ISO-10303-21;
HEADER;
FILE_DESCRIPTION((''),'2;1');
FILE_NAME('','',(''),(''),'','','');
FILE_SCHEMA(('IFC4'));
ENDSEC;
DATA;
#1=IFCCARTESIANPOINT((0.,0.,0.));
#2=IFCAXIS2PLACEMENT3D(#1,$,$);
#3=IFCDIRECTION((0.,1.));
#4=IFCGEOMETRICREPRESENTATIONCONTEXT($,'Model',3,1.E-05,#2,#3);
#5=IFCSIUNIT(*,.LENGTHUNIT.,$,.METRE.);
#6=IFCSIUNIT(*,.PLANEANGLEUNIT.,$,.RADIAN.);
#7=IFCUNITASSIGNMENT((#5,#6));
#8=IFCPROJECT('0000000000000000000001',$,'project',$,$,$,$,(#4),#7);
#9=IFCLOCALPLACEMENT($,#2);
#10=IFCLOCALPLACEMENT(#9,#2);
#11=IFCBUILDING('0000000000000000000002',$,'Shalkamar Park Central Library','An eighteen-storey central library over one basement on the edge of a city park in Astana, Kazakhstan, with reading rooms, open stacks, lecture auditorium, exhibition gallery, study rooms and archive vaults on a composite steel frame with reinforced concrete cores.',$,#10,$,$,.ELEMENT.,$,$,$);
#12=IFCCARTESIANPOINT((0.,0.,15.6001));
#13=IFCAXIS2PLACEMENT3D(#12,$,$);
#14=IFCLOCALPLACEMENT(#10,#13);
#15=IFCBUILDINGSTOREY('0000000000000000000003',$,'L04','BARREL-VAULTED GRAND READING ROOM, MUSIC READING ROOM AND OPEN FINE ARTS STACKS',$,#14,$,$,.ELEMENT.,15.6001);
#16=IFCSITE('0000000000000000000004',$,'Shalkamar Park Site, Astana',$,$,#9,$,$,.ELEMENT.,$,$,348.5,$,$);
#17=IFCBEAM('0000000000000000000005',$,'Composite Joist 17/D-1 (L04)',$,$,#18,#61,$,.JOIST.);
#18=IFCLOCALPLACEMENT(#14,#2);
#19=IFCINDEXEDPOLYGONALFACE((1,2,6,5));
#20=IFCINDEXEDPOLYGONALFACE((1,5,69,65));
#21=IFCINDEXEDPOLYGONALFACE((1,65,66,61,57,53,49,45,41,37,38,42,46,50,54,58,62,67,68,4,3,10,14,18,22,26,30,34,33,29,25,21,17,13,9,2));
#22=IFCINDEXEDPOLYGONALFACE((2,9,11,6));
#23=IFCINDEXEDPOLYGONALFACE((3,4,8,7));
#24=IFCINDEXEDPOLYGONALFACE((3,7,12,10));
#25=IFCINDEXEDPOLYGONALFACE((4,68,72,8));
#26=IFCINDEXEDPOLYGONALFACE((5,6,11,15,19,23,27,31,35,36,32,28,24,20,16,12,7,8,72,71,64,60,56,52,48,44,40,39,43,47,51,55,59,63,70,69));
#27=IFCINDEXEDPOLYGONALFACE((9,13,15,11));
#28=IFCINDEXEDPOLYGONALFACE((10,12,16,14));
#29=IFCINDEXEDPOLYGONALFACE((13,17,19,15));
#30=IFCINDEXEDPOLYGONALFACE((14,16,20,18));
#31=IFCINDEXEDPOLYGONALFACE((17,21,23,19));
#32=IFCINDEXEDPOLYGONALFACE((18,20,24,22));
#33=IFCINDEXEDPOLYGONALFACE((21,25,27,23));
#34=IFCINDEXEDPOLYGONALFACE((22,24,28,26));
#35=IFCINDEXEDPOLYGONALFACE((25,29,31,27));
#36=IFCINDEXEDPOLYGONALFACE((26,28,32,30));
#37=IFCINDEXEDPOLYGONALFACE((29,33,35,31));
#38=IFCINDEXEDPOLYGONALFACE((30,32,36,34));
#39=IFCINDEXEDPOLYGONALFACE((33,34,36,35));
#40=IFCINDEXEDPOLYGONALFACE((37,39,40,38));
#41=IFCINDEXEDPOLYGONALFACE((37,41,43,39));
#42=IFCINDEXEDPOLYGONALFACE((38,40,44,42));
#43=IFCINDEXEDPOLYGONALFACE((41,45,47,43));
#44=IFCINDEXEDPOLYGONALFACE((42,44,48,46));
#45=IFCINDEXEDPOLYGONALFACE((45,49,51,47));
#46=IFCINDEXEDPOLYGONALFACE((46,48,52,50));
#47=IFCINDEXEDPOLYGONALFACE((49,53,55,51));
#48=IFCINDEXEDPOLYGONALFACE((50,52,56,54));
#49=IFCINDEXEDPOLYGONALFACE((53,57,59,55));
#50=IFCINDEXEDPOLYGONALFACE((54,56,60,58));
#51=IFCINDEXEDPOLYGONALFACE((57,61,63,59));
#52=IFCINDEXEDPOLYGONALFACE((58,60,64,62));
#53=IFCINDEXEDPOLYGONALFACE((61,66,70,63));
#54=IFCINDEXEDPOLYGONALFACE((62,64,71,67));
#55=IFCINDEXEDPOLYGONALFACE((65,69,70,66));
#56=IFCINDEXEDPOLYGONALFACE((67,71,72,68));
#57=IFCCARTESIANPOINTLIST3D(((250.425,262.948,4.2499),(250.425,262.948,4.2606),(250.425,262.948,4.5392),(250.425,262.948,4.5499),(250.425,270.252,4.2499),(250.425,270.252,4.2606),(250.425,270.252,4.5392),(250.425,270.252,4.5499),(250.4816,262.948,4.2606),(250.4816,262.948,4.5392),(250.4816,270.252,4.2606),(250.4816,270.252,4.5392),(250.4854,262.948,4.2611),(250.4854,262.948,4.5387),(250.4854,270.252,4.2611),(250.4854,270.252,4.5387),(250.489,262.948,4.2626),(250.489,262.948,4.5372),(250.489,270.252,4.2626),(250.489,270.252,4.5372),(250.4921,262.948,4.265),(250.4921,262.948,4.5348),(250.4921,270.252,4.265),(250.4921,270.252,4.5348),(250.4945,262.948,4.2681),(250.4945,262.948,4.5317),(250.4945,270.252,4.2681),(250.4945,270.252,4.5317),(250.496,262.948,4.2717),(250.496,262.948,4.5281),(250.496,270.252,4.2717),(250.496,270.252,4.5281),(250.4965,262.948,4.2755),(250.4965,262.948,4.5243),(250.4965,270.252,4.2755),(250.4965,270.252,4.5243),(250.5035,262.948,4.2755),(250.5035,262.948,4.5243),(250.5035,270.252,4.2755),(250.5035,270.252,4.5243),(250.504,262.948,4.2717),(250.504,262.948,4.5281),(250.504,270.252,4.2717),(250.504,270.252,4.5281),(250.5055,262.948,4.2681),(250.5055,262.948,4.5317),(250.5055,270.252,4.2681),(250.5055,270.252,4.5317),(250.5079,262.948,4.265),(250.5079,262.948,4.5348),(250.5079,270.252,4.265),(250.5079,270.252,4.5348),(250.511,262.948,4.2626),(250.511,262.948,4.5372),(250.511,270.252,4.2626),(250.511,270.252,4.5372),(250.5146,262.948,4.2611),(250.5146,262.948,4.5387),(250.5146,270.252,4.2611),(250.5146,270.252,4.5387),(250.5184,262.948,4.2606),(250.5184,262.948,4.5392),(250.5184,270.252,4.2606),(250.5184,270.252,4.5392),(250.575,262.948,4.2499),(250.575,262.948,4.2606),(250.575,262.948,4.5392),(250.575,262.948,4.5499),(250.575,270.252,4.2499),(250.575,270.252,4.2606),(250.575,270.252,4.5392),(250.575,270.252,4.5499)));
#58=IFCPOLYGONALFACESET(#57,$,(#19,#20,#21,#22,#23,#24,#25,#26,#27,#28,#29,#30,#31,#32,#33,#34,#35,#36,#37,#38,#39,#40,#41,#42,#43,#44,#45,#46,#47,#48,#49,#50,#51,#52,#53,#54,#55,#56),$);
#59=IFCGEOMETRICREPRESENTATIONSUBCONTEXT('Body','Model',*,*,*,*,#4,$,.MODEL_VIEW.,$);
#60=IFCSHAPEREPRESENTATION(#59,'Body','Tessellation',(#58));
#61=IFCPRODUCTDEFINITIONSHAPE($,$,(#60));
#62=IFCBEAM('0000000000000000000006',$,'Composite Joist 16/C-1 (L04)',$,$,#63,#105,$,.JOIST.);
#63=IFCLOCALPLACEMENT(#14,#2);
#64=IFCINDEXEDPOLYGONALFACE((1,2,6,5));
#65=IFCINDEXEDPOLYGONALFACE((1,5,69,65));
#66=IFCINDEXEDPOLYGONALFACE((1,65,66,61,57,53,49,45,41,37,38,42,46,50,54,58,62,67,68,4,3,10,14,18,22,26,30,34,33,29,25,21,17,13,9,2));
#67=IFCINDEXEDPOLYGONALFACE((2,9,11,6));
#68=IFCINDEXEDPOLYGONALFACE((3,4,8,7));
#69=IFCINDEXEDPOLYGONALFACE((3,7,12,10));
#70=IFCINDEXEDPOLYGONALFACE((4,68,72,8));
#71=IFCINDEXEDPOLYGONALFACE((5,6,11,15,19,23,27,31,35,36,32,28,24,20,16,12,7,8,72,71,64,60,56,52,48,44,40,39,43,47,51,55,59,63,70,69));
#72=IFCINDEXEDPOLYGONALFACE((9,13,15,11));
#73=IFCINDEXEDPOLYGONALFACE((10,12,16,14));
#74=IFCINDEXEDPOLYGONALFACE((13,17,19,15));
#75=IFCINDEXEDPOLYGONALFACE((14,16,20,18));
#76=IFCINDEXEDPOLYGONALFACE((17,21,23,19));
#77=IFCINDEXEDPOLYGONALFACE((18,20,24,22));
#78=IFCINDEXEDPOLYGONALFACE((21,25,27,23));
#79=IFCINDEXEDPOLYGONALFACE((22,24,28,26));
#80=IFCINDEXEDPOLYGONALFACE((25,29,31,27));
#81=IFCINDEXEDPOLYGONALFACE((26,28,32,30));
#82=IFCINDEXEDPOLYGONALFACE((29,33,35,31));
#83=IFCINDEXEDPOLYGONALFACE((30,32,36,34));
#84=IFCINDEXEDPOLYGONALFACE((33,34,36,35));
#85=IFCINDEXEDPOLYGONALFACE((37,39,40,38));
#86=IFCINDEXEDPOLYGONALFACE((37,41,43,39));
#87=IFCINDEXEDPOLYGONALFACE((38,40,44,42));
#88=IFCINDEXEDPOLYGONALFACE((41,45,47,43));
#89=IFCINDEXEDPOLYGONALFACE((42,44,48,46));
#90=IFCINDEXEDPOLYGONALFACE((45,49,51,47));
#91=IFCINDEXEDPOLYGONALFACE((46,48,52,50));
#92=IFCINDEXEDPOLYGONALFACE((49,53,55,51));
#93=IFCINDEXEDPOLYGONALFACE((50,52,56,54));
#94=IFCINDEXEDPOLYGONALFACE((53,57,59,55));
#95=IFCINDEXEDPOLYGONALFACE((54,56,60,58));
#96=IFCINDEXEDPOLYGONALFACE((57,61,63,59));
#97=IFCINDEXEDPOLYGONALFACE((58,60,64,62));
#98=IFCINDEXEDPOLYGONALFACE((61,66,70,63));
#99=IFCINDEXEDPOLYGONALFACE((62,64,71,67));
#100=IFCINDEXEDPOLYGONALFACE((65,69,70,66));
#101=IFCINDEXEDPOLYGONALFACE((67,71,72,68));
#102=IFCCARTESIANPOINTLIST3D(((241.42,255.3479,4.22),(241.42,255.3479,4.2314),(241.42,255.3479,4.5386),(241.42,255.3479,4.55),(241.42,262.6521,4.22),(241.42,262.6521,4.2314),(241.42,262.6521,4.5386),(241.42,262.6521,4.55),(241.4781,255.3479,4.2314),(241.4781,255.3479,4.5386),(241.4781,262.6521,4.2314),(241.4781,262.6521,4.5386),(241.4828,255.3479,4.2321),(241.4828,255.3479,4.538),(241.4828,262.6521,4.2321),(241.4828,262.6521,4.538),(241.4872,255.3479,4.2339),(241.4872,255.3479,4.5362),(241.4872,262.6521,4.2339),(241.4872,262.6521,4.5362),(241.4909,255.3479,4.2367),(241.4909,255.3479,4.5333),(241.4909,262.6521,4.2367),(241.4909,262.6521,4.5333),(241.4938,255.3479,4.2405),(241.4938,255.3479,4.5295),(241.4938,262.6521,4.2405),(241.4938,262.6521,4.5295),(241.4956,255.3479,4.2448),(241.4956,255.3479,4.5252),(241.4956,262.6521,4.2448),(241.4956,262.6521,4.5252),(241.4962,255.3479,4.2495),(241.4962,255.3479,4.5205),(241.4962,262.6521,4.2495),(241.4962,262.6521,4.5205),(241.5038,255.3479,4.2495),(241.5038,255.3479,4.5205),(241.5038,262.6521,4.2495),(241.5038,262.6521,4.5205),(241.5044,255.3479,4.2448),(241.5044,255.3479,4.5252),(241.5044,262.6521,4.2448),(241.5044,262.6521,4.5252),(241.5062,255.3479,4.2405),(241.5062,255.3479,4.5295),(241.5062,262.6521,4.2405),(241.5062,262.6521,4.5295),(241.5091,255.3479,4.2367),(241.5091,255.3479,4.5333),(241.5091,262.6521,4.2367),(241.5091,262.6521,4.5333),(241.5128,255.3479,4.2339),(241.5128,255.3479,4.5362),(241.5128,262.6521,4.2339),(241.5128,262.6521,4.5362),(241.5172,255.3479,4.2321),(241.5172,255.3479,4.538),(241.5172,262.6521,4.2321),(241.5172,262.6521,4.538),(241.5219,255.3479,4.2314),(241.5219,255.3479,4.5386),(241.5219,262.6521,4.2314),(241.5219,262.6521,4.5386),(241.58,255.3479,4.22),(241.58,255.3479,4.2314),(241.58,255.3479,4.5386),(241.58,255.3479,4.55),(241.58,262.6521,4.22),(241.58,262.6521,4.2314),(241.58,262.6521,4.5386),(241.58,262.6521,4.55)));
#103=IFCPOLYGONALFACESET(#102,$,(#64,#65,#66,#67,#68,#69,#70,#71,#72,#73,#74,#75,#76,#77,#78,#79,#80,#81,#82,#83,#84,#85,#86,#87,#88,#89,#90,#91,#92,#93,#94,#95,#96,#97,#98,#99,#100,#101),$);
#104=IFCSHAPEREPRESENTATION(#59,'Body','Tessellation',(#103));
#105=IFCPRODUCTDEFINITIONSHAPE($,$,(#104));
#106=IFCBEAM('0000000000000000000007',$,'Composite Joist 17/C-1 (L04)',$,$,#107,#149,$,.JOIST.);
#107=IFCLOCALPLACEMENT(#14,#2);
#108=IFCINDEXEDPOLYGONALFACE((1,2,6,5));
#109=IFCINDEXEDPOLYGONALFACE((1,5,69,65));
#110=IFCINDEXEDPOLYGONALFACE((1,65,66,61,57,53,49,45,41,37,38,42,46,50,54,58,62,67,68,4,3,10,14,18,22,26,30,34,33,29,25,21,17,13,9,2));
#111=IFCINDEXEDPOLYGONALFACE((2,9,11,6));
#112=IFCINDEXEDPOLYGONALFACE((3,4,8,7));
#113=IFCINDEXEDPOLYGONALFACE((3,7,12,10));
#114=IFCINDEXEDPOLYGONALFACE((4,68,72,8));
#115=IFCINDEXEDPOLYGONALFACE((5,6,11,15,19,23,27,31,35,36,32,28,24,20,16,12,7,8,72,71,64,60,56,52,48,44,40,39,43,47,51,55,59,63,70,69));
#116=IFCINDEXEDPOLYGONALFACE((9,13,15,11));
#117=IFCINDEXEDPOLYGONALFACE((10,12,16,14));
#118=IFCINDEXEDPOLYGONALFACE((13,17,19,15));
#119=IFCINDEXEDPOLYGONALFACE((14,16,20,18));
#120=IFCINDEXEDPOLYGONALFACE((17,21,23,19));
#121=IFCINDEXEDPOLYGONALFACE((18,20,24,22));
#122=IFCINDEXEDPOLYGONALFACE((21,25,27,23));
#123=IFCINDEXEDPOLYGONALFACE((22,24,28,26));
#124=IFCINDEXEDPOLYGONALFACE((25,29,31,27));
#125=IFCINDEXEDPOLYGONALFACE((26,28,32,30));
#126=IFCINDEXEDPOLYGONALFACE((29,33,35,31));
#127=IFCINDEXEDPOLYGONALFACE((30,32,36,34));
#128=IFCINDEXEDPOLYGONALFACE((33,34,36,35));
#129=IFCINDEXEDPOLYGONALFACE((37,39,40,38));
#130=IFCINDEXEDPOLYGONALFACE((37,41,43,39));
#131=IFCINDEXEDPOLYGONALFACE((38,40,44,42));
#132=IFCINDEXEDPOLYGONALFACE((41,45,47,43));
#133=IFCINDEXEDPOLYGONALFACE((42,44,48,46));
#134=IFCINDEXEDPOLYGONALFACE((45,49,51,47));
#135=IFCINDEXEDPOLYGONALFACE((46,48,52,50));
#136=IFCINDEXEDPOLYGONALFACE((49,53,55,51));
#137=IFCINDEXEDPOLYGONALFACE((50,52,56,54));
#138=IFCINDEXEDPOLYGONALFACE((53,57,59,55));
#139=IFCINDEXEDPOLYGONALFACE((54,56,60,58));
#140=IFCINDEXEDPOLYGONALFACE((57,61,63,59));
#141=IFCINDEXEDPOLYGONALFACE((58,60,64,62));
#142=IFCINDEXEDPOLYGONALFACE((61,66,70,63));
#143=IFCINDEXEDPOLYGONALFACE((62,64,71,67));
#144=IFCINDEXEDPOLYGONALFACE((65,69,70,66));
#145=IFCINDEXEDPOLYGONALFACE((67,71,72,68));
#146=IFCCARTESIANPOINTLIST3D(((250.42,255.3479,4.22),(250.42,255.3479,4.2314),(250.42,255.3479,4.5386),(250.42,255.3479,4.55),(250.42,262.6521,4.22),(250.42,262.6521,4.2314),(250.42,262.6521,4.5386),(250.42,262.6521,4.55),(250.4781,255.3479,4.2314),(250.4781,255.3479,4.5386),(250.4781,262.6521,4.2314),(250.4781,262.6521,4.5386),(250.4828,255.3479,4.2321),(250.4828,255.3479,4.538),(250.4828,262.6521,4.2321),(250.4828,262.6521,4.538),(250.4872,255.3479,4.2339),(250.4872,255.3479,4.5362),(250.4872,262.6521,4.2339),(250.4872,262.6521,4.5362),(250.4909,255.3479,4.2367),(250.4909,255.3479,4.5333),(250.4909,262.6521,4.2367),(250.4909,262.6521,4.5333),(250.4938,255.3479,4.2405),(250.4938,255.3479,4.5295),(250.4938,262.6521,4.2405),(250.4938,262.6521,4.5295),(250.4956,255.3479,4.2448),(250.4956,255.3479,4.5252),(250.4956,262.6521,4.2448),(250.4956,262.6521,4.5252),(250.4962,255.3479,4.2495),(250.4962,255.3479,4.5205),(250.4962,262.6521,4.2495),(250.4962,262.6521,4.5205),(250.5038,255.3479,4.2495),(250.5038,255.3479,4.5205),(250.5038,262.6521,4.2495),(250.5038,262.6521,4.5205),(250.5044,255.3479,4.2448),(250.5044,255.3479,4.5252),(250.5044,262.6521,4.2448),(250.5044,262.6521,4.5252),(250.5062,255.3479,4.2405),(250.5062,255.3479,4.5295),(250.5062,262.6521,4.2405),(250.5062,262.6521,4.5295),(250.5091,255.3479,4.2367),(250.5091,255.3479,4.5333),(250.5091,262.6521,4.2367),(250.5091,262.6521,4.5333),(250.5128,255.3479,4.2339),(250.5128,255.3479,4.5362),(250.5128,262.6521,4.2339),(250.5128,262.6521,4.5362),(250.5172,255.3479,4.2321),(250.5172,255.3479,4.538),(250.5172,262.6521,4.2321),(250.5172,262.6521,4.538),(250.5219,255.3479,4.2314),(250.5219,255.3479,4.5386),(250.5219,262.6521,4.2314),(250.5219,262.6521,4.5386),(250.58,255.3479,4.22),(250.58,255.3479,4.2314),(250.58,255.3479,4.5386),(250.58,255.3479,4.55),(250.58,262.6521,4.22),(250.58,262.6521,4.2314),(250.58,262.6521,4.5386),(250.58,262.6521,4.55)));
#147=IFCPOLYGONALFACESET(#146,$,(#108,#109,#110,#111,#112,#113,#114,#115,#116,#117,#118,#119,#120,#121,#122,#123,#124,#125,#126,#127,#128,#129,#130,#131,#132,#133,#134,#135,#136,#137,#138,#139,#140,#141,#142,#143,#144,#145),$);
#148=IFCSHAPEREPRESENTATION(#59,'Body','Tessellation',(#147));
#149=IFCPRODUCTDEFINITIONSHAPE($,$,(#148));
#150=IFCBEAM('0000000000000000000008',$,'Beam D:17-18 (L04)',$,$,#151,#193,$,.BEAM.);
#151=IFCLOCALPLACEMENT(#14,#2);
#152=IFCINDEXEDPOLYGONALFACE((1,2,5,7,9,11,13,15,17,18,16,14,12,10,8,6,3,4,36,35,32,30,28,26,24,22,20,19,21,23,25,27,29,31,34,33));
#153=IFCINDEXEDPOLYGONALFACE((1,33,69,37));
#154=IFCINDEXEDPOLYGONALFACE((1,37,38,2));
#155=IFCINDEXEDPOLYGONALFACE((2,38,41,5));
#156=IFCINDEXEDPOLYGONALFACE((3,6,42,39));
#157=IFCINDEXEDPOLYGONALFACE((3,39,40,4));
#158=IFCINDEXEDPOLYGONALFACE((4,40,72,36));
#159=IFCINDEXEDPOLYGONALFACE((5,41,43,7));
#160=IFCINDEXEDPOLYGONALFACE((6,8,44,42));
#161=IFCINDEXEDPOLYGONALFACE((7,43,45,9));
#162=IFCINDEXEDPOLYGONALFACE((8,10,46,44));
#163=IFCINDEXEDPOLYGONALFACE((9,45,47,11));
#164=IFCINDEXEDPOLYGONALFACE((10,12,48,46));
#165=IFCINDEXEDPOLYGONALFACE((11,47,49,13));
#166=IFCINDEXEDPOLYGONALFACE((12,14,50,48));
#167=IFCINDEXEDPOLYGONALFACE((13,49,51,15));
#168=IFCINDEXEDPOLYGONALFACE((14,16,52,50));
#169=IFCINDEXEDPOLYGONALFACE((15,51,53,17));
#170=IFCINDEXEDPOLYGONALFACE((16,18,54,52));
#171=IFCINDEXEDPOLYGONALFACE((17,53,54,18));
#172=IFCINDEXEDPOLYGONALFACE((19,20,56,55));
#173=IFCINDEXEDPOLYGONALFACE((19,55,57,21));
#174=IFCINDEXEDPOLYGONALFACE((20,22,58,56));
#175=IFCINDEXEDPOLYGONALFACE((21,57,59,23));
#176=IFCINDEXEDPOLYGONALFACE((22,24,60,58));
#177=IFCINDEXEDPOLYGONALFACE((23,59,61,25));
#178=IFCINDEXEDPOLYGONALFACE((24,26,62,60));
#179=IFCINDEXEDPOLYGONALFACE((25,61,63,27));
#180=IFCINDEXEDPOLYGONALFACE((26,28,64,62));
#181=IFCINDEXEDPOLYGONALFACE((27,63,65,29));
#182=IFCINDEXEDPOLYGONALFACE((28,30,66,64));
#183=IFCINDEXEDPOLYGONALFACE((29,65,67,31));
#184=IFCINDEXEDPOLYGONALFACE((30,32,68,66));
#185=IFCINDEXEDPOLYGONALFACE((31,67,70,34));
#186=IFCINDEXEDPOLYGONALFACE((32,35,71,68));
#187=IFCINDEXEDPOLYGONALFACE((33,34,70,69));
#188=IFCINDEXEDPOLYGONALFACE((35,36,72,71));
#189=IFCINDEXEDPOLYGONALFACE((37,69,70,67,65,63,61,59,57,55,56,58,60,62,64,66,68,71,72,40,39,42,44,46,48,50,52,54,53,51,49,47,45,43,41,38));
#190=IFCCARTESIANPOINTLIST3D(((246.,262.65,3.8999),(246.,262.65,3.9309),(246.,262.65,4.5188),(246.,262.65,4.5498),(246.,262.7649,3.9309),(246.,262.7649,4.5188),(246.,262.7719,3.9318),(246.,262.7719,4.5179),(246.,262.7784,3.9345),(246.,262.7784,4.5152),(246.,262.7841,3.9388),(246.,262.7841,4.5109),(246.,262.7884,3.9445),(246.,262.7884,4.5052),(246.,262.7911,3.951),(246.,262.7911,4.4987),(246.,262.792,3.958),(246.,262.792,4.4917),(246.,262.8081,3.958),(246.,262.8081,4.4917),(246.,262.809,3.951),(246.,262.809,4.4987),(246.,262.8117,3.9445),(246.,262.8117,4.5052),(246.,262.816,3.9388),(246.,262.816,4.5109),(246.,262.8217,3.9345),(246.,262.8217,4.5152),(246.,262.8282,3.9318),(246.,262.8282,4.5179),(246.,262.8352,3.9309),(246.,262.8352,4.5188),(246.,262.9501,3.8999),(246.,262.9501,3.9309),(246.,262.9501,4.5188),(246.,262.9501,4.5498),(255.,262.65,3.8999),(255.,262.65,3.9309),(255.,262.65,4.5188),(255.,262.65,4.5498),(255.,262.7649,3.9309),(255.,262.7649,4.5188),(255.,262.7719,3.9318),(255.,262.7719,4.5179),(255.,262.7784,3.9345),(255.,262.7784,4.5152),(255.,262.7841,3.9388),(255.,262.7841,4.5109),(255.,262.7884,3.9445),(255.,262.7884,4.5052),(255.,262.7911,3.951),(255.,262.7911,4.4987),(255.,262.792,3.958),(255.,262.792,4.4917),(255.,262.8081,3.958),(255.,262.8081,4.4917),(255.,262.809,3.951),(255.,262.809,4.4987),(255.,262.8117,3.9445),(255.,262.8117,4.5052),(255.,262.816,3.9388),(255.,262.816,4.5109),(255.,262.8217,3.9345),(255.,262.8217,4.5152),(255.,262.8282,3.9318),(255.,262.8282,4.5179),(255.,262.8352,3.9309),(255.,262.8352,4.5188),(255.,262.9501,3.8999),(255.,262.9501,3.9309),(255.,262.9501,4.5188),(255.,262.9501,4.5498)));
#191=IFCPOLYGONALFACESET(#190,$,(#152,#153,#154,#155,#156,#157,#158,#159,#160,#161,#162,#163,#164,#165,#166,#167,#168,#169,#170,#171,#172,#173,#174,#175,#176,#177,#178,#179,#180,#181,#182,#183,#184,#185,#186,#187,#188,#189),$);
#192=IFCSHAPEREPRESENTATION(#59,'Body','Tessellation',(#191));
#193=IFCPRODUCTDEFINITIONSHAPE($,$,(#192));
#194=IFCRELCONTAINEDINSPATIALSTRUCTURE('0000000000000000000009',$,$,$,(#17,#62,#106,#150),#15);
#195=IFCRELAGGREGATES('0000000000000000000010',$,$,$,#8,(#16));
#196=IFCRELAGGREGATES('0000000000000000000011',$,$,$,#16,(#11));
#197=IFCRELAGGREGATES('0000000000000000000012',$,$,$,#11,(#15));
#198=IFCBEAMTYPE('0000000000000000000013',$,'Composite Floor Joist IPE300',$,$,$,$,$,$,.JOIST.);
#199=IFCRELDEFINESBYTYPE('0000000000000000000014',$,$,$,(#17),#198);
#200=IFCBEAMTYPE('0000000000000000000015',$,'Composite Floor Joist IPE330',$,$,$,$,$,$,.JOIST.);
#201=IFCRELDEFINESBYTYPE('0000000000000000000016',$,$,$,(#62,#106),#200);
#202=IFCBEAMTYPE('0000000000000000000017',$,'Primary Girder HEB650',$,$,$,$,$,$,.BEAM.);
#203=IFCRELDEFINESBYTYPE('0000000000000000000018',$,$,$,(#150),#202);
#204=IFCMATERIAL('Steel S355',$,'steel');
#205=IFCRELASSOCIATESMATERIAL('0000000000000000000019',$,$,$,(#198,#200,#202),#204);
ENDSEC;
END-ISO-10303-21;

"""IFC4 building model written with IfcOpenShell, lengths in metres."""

from ifc_helpers import new_model, si_unit, direction, frame, origin, origin_2d, place, context, subcontext, project, spatial, i_section, extrude, material, material_profile, profile_set, type_object, element, save


model = new_model("IFC4")

# Units and contexts
model_context = context("Model", 3, precision=1e-05, world=origin(), true_north=direction((0.0, 1.0)))
body_context = subcontext(model_context, "Body", "Model", "MODEL_VIEW")
ifc_project = project(units=[si_unit("LENGTHUNIT", "METRE"), si_unit("PLANEANGLEUNIT", "RADIAN")], contexts=[model_context])

# Site, building, storey
site_placement = place(None, origin())
site = spatial("IfcSite", under=ifc_project, at=site_placement, Name="Shalkamar Park Site, Astana", CompositionType="ELEMENT", RefElevation=348.5)
building_placement = place(site_placement, origin())
building = spatial("IfcBuilding", under=site, at=building_placement, Name="Shalkamar Park Central Library", Description="An eighteen-storey central library over one basement on the edge of a city park in Astana, Kazakhstan, with reading rooms, open stacks, lecture auditorium, exhibition gallery, study rooms and archive vaults on a composite steel frame with reinforced concrete cores.", CompositionType="ELEMENT")
storey_placement = place(building_placement, frame((0.0, 0.0, 15.6001)))
storey = spatial("IfcBuildingStorey", under=building, at=storey_placement, Name="L04", Description="BARREL-VAULTED GRAND READING ROOM, MUSIC READING ROOM AND OPEN FINE ARTS STACKS", CompositionType="ELEMENT", Elevation=15.6001)

# Shared definitions
ifc_material_1 = material(Name="Steel S355", Category="steel")

# Beams
ifc_material_profile_1 = material_profile(ifc_material_1, i_section(OverallWidth=0.1499, OverallDepth=0.3, WebThickness=0.0071, FlangeThickness=0.0107, FilletRadius=0.0149, at=origin_2d()), Name="IPE 300")
ifc_profile_set_1 = profile_set([ifc_material_profile_1], Name="Steel S355")
beam_type_1 = type_object("IfcBeamType", Name="Composite Floor Joist IPE300", PredefinedType="JOIST", material=ifc_profile_set_1)
for number, where, z_axis, x_axis, name in (
    (1, (250.5, 262.948, 4.3999), (0.0, 1.0, 0.0), (-1.0, 0.0, 0.0), "Composite Joist 17/D-1 (L04)"),
):
    element("IfcBeam", number, at=place(storey_placement, frame(where, z_axis=z_axis, x_axis=x_axis)), inside=storey, type_object=beam_type_1, Name=name, PredefinedType="JOIST", context=body_context, shape_type="SweptSolid", body=[
        extrude(i_section(OverallWidth=0.1499, OverallDepth=0.3, WebThickness=0.0071, FlangeThickness=0.0107, FilletRadius=0.0149, at=origin_2d()), origin(), (0.0, 0.0, 1.0), 7.304),
    ])
ifc_material_profile_2 = material_profile(ifc_material_1, i_section(OverallWidth=0.1599, OverallDepth=0.3301, WebThickness=0.0076, FlangeThickness=0.0115, FilletRadius=0.0181, at=origin_2d()), Name="IPE 330")
ifc_profile_set_2 = profile_set([ifc_material_profile_2], Name="Steel S355")
beam_type_2 = type_object("IfcBeamType", Name="Composite Floor Joist IPE330", PredefinedType="JOIST", material=ifc_profile_set_2)
for number, where, z_axis, x_axis, name in (
    (2, (241.5, 255.3479, 4.385), (0.0, 1.0, 0.0), (-1.0, 0.0, 0.0), "Composite Joist 16/C-1 (L04)"),
    (3, (250.5, 255.3479, 4.385), (0.0, 1.0, 0.0), (-1.0, 0.0, 0.0), "Composite Joist 17/C-1 (L04)"),
):
    element("IfcBeam", number, at=place(storey_placement, frame(where, z_axis=z_axis, x_axis=x_axis)), inside=storey, type_object=beam_type_2, Name=name, PredefinedType="JOIST", context=body_context, shape_type="SweptSolid", body=[
        extrude(i_section(OverallWidth=0.1599, OverallDepth=0.3301, WebThickness=0.0076, FlangeThickness=0.0115, FilletRadius=0.0181, at=origin_2d()), origin(), (0.0, 0.0, 1.0), 7.3042),
    ])
ifc_material_profile_3 = material_profile(ifc_material_1, i_section(OverallWidth=0.3, OverallDepth=0.6499, WebThickness=0.0161, FlangeThickness=0.031, FilletRadius=0.0271, at=origin_2d()), Name="HEB 650")
ifc_profile_set_3 = profile_set([ifc_material_profile_3], Name="Steel S355")
beam_type_3 = type_object("IfcBeamType", Name="Primary Girder HEB650", PredefinedType="BEAM", material=ifc_profile_set_3)
for number, where, z_axis, x_axis, name in (
    (4, (246.0, 262.8, 4.2249), (1.0, 0.0, 0.0), (0.0, 1.0, 0.0), "Beam D:17-18 (L04)"),
):
    element("IfcBeam", number, at=place(storey_placement, frame(where, z_axis=z_axis, x_axis=x_axis)), inside=storey, type_object=beam_type_3, Name=name, PredefinedType="BEAM", context=body_context, shape_type="SweptSolid", body=[
        extrude(i_section(OverallWidth=0.3, OverallDepth=0.6499, WebThickness=0.0161, FlangeThickness=0.031, FilletRadius=0.0271, at=origin_2d()), origin(), (0.0, 0.0, 1.0), 9.0),
    ])

save(model, "model.ifc")
